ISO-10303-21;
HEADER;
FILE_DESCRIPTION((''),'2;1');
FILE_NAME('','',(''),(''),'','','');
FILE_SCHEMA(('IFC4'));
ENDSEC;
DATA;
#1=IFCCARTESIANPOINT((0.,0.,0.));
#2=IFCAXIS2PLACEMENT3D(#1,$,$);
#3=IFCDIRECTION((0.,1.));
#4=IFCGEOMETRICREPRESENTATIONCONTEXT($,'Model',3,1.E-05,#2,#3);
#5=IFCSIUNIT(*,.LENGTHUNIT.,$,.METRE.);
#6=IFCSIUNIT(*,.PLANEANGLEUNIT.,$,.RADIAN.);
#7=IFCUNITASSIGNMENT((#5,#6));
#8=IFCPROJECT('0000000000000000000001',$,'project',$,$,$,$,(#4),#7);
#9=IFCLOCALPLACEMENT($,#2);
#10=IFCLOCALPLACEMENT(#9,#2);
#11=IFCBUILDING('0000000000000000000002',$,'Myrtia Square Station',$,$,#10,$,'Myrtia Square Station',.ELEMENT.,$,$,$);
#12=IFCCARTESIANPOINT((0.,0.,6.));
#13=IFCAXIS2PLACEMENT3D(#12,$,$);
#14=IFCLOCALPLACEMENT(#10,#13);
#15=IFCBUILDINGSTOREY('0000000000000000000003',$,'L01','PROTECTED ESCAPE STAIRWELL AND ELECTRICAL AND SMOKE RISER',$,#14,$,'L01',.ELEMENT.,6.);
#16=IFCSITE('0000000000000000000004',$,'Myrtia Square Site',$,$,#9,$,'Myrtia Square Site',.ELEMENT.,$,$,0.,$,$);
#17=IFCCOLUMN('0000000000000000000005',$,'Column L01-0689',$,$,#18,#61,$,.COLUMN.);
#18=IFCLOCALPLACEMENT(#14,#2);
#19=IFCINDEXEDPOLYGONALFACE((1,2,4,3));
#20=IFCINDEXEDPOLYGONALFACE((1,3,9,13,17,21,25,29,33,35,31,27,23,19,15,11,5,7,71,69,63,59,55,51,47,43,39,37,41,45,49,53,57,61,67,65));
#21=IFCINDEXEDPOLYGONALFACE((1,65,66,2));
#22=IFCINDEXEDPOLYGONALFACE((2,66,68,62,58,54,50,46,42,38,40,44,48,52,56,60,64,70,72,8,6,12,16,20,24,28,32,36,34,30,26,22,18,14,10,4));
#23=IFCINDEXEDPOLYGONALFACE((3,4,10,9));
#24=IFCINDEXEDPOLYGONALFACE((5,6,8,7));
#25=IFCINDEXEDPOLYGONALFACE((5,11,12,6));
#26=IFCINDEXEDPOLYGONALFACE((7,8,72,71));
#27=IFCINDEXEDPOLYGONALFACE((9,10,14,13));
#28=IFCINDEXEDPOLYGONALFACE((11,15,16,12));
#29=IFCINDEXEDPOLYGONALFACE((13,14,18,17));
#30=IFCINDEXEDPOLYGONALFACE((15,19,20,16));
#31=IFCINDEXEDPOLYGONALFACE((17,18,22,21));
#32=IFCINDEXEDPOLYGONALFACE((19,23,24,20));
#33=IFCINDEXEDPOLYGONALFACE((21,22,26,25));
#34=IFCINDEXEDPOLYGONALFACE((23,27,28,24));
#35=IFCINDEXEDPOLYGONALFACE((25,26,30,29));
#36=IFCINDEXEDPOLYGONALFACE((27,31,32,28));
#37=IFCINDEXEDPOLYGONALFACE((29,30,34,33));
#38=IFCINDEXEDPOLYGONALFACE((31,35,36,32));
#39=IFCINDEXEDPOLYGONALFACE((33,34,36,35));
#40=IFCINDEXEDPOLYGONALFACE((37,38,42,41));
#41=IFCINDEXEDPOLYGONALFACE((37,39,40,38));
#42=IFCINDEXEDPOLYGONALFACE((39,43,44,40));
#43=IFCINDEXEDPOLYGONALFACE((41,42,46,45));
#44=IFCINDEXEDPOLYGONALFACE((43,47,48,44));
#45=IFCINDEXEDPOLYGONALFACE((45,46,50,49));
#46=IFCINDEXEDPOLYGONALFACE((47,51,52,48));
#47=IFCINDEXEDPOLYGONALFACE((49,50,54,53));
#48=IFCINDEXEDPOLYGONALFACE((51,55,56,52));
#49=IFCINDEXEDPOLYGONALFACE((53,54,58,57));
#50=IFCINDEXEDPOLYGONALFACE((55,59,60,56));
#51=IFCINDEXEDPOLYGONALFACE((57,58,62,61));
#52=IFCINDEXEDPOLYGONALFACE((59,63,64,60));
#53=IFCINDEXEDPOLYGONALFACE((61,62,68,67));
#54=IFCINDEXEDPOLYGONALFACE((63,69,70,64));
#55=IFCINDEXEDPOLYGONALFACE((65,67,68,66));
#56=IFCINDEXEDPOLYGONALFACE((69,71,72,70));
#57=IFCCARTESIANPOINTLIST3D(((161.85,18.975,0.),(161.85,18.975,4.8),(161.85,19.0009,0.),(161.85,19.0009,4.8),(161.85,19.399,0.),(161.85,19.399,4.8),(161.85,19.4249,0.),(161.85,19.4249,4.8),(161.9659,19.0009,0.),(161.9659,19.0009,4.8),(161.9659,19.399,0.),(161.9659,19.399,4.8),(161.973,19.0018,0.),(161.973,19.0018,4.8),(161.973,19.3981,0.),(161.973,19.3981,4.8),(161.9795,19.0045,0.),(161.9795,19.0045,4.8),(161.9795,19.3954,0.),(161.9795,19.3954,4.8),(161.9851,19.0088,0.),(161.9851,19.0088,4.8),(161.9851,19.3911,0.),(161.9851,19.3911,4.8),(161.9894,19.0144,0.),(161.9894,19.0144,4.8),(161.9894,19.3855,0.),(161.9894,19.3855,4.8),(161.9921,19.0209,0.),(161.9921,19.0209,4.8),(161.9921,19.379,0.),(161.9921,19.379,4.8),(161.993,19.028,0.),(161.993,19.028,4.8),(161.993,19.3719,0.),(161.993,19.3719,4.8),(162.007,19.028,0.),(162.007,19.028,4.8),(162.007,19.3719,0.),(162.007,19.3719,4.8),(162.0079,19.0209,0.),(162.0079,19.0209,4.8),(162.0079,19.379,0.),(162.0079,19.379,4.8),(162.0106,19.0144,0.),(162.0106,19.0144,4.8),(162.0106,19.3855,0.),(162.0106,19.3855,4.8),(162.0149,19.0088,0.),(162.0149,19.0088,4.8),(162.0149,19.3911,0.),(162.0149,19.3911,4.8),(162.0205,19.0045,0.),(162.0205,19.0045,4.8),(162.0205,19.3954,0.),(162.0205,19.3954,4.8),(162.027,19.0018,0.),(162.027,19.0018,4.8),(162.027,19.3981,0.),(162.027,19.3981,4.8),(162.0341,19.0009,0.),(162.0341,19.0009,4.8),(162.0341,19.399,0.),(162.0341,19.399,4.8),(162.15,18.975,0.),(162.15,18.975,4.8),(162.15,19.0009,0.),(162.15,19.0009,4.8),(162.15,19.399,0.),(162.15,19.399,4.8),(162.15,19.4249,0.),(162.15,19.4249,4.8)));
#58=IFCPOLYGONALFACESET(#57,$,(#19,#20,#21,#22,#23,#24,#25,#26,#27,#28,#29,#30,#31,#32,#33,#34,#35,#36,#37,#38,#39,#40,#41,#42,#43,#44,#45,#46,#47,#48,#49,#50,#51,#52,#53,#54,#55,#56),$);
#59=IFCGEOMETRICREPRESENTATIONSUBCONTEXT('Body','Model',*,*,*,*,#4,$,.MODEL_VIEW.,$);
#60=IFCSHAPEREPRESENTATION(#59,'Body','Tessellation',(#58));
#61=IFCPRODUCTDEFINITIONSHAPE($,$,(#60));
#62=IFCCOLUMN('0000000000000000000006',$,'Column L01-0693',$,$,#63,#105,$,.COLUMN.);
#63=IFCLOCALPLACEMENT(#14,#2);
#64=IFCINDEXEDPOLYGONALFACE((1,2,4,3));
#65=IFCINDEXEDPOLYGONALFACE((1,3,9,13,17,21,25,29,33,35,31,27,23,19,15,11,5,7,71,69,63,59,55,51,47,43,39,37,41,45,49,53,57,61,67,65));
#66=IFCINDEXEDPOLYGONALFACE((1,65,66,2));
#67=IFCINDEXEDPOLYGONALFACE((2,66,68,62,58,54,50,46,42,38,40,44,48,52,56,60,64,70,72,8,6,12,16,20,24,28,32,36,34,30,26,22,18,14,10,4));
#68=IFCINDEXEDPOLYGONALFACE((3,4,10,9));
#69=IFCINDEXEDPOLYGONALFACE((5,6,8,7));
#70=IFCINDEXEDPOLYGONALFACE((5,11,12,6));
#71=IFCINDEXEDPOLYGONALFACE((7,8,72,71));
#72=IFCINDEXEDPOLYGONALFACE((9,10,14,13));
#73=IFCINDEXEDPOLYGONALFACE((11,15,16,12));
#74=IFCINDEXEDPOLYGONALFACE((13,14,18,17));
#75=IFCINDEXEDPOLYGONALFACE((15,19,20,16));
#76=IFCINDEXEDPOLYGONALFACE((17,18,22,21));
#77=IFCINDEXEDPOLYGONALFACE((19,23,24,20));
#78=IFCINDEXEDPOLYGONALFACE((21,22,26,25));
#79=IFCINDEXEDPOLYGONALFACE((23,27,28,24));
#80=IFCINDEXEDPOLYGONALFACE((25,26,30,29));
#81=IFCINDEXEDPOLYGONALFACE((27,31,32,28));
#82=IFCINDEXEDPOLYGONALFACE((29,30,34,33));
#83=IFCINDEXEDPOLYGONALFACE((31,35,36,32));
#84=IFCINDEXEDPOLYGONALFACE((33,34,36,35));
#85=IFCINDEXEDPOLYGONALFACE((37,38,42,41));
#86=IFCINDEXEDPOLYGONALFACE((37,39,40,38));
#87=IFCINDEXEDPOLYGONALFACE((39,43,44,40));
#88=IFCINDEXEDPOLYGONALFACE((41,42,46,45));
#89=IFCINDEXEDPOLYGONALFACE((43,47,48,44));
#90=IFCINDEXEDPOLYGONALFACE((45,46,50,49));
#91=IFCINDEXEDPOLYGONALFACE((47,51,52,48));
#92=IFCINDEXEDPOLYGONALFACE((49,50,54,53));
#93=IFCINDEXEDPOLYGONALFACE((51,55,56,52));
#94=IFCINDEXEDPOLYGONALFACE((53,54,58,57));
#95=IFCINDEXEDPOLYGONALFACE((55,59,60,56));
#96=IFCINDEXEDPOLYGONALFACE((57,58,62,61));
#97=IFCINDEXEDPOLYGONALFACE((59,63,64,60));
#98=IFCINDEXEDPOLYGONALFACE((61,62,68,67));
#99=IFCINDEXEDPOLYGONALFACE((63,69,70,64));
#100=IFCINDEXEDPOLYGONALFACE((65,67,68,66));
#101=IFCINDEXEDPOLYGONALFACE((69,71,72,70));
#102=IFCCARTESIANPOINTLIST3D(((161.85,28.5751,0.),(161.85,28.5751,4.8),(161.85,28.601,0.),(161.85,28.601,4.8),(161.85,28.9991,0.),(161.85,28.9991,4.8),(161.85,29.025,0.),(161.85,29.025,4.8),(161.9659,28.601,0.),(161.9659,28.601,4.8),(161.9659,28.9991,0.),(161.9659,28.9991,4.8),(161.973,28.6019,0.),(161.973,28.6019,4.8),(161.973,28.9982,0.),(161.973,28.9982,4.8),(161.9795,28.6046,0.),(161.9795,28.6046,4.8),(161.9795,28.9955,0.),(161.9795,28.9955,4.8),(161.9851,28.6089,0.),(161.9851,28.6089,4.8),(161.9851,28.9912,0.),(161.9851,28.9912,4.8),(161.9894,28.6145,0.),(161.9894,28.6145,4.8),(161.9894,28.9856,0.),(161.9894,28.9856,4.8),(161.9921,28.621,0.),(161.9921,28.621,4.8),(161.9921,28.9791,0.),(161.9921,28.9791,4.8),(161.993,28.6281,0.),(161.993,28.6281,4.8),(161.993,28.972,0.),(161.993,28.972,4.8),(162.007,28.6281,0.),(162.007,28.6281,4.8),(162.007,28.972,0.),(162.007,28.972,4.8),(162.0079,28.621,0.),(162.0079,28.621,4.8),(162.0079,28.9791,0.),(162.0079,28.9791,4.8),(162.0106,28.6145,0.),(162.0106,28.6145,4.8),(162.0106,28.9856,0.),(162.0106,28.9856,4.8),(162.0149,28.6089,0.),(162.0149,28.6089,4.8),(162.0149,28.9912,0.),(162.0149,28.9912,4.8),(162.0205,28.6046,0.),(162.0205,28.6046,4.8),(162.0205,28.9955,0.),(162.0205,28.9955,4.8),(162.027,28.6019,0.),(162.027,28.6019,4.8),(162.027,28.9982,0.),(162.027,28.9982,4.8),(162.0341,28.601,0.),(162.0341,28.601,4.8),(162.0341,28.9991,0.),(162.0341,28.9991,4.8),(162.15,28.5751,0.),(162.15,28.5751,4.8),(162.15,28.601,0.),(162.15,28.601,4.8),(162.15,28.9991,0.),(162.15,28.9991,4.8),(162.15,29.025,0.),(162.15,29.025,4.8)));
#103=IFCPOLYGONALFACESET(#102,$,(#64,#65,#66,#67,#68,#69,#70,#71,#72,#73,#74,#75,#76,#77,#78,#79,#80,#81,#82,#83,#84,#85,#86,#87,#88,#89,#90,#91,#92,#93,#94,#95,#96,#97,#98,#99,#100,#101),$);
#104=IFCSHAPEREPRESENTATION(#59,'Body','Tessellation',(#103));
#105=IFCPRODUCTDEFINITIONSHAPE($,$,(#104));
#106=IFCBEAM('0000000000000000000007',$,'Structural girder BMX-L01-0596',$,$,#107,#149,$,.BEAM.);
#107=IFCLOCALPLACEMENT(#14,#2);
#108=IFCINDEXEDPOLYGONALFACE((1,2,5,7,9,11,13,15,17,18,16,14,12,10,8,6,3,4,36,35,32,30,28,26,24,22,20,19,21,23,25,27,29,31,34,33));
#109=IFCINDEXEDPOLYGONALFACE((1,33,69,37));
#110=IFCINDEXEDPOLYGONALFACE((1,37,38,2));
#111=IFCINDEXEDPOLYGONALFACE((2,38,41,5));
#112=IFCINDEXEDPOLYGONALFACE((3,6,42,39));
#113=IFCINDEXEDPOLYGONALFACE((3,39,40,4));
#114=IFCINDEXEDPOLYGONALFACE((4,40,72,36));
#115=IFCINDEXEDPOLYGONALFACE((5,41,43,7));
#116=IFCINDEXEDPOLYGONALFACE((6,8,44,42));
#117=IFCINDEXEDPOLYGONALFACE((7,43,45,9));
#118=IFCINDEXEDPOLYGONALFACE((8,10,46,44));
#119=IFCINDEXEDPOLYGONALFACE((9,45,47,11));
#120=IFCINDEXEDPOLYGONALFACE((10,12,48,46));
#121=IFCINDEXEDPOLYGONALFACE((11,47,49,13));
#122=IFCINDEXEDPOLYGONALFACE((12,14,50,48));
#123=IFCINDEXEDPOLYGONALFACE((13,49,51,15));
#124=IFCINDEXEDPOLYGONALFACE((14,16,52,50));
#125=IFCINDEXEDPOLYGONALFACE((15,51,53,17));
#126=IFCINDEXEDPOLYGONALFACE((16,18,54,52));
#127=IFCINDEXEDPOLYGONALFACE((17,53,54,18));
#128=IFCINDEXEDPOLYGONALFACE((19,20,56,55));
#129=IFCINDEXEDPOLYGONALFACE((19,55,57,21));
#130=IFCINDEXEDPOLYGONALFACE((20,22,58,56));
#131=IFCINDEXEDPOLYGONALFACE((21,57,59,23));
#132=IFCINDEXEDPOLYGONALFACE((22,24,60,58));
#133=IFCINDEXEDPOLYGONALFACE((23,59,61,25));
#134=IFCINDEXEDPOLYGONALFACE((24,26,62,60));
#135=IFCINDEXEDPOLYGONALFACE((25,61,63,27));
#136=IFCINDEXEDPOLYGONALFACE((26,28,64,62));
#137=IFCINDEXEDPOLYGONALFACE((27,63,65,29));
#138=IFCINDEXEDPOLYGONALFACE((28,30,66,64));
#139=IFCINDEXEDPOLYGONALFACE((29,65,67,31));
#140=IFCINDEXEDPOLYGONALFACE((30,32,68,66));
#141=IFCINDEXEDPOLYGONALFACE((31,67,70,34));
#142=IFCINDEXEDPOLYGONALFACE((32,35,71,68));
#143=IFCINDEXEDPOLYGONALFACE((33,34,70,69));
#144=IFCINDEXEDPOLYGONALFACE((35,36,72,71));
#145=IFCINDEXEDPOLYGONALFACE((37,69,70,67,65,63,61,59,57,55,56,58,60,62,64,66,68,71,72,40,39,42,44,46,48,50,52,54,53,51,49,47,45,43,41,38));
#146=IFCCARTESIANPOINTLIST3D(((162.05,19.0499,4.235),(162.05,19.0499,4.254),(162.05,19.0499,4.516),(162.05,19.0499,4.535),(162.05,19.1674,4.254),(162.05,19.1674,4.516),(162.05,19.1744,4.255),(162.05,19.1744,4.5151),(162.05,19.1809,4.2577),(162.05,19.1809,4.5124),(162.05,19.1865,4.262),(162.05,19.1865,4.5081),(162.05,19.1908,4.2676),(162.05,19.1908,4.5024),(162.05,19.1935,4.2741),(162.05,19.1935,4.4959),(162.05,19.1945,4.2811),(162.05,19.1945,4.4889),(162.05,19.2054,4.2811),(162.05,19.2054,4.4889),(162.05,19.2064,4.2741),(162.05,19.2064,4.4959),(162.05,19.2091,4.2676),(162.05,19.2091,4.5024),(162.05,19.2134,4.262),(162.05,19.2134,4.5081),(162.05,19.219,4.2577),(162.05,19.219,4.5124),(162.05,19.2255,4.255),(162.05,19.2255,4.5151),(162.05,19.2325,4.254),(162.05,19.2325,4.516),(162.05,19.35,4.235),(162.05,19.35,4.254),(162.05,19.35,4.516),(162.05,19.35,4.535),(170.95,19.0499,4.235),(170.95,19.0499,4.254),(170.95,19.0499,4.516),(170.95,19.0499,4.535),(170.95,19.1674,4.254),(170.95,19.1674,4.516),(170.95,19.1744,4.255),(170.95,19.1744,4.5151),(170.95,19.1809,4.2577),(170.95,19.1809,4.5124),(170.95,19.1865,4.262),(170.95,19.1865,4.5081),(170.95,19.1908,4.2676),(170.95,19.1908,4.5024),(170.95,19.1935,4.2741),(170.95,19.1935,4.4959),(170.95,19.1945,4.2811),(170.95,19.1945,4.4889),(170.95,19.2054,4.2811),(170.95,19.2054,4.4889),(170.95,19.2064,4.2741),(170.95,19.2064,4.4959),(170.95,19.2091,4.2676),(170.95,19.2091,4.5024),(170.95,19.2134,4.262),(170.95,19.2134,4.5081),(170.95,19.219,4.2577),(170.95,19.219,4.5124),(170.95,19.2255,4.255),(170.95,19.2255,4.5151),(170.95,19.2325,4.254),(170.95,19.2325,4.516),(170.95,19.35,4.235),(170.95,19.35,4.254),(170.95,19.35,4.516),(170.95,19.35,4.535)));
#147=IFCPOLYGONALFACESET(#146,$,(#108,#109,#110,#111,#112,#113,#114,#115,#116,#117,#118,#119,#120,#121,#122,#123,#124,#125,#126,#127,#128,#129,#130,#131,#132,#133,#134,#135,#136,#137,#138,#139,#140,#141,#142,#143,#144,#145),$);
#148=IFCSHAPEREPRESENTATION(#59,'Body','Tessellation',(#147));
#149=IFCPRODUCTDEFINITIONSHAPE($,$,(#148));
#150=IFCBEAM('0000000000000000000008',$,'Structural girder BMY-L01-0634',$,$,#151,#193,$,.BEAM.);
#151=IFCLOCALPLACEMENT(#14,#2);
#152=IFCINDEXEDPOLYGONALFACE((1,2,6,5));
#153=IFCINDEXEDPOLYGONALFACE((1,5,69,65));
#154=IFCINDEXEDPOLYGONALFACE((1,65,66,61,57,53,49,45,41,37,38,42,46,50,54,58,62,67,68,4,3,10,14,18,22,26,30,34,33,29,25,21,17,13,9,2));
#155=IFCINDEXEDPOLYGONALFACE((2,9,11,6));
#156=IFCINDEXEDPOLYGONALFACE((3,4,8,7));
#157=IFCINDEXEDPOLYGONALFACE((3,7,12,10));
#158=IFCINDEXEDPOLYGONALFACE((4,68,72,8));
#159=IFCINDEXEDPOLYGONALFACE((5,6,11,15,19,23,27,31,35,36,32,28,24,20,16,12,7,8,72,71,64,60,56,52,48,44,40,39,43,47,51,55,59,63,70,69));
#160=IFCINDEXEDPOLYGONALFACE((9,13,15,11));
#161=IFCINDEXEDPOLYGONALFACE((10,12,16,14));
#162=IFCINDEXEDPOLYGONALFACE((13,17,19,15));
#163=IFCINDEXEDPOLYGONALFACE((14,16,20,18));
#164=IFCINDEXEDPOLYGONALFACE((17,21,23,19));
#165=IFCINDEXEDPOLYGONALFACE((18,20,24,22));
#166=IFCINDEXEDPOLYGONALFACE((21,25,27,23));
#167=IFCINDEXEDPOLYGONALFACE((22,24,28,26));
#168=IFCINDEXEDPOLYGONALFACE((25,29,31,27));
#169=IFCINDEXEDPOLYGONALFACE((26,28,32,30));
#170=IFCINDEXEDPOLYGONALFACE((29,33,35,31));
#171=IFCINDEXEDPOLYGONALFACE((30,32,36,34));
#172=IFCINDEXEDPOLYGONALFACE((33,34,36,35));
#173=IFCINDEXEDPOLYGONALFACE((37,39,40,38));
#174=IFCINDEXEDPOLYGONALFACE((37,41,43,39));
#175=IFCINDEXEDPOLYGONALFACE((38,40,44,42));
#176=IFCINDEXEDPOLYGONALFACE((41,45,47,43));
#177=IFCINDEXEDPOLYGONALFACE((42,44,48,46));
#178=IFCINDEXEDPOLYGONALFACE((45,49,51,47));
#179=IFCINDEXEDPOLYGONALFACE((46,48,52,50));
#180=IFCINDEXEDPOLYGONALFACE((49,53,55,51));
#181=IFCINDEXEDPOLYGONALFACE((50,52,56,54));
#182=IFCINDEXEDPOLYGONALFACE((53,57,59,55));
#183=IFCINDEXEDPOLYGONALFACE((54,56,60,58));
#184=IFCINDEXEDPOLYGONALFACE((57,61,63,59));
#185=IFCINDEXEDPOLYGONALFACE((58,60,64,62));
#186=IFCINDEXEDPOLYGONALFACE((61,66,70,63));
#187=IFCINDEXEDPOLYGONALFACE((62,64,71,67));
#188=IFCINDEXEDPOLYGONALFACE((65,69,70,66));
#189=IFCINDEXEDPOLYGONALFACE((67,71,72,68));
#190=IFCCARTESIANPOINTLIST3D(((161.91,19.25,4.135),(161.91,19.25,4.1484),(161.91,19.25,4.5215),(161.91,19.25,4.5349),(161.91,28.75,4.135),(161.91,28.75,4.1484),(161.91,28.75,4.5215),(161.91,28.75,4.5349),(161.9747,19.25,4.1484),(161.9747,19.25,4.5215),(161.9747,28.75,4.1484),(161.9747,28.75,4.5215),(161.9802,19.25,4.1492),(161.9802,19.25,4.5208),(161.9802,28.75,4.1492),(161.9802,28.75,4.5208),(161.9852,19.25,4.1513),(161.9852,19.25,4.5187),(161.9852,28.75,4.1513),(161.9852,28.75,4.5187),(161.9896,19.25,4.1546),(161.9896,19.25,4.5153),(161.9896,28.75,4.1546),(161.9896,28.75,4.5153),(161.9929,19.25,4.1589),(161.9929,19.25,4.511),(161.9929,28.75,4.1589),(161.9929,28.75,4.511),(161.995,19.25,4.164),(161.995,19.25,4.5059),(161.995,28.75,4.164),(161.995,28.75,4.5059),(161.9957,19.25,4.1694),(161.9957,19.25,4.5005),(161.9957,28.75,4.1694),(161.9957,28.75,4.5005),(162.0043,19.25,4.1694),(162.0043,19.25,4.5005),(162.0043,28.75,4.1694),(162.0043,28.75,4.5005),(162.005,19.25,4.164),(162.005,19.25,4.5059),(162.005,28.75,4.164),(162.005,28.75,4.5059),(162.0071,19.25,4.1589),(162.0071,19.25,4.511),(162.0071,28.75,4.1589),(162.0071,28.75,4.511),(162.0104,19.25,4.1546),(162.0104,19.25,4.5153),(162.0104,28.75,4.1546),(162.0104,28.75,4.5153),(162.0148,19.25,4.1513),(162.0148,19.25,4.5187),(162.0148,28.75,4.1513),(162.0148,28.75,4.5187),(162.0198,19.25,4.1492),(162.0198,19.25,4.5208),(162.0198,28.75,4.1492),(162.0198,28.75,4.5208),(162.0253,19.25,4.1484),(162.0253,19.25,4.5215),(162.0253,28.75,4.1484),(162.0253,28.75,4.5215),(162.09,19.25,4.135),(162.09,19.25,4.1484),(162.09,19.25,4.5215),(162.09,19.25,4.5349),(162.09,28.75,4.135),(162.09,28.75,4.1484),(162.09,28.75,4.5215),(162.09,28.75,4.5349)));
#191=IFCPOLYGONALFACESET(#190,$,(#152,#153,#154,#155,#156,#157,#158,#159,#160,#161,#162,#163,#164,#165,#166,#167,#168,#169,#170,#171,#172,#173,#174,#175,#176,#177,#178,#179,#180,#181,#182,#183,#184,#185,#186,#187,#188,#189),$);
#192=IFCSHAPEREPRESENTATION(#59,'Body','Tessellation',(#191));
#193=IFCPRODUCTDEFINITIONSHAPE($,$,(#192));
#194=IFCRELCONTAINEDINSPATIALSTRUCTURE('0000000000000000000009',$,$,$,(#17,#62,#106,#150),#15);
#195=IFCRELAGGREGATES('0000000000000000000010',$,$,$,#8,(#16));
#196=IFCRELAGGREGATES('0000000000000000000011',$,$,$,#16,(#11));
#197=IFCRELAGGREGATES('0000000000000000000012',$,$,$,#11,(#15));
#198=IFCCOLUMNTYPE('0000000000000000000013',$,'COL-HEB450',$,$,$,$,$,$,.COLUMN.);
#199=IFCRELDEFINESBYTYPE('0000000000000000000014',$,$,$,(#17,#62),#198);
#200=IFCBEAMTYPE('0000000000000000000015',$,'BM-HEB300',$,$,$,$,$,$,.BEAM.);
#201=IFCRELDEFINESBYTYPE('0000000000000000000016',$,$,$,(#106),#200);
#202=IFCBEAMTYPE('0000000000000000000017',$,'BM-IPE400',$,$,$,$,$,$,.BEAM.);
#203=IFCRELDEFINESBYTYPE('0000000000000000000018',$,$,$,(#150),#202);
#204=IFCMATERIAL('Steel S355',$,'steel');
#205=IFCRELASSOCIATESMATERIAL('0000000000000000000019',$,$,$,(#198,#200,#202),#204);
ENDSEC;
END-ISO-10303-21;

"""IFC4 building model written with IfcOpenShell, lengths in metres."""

from ifc_helpers import new_model, si_unit, direction, frame, origin, origin_2d, place, context, subcontext, project, spatial, i_section, extrude, material, material_profile, profile_set, type_object, element, save


model = new_model("IFC4")

# Units and contexts
model_context = context("Model", 3, precision=1e-05, world=origin(), true_north=direction((0.0, 1.0)))
body_context = subcontext(model_context, "Body", "Model", "MODEL_VIEW")
ifc_project = project(units=[si_unit("LENGTHUNIT", "METRE"), si_unit("PLANEANGLEUNIT", "RADIAN")], contexts=[model_context])

# Site, building, storey
site_placement = place(None, origin())
site = spatial("IfcSite", under=ifc_project, at=site_placement, Name="Myrtia Square Site", LongName="Myrtia Square Site", CompositionType="ELEMENT", RefElevation=0.0)
building_placement = place(site_placement, origin())
building = spatial("IfcBuilding", under=site, at=building_placement, Name="Myrtia Square Station", LongName="Myrtia Square Station", CompositionType="ELEMENT")
storey_placement = place(building_placement, frame((0.0, 0.0, 6.0)))
storey = spatial("IfcBuildingStorey", under=building, at=storey_placement, Name="L01", Description="PROTECTED ESCAPE STAIRWELL AND ELECTRICAL AND SMOKE RISER", LongName="L01", CompositionType="ELEMENT", Elevation=6.0)

# Columns
ifc_material_1 = material(Name="Steel S355", Category="steel")
ifc_material_profile_1 = material_profile(ifc_material_1, i_section(OverallWidth=0.3, OverallDepth=0.45, WebThickness=0.0139, FlangeThickness=0.0259, FilletRadius=0.0271, at=origin_2d()), Name="HEB 450")
ifc_profile_set_1 = profile_set([ifc_material_profile_1], Name="Steel S355")
column_type = type_object("IfcColumnType", Name="COL-HEB450", PredefinedType="COLUMN", material=ifc_profile_set_1)
for number, where, z_axis, x_axis, name in (
    (1, (162.0, 19.2, 0.0), (0.0, 0.0, 1.0), (1.0, 0.0, 0.0), "Column L01-0689"),
    (2, (162.0, 28.8, 0.0), (0.0, 0.0, 1.0), (1.0, 0.0, 0.0), "Column L01-0693"),
):
    element("IfcColumn", number, at=place(storey_placement, frame(where, z_axis=z_axis, x_axis=x_axis)), inside=storey, type_object=column_type, Name=name, PredefinedType="COLUMN", context=body_context, shape_type="SweptSolid", body=[
        extrude(i_section(OverallWidth=0.3, OverallDepth=0.45, WebThickness=0.0139, FlangeThickness=0.0259, FilletRadius=0.0271, at=origin_2d()), origin(), (0.0, 0.0, 1.0), 4.8),
    ])

# Beams
ifc_material_profile_2 = material_profile(ifc_material_1, i_section(OverallWidth=0.3, OverallDepth=0.3, WebThickness=0.011, FlangeThickness=0.019, FilletRadius=0.0271, at=origin_2d()), Name="HEB 300")
ifc_profile_set_2 = profile_set([ifc_material_profile_2], Name="Steel S355")
beam_type_1 = type_object("IfcBeamType", Name="BM-HEB300", PredefinedType="BEAM", material=ifc_profile_set_2)
beam_placement = place(storey_placement, frame((162.05, 19.2, 4.385), z_axis=(1.0, 0.0, 0.0), x_axis=(0.0, 1.0, 0.0)))
element("IfcBeam", 3, at=beam_placement, inside=storey, type_object=beam_type_1, Name="Structural girder BMX-L01-0596", PredefinedType="BEAM", context=body_context, shape_type="SweptSolid", body=[
    extrude(i_section(OverallWidth=0.3, OverallDepth=0.3, WebThickness=0.011, FlangeThickness=0.019, FilletRadius=0.0271, at=origin_2d()), origin(), (0.0, 0.0, 1.0), 8.8999),
])
ifc_material_profile_3 = material_profile(ifc_material_1, i_section(OverallWidth=0.1799, OverallDepth=0.3999, WebThickness=0.0085, FlangeThickness=0.0134, FilletRadius=0.021, at=origin_2d()), Name="IPE 400")
ifc_profile_set_3 = profile_set([ifc_material_profile_3], Name="Steel S355")
beam_type_2 = type_object("IfcBeamType", Name="BM-IPE400", PredefinedType="BEAM", material=ifc_profile_set_3)
for number, where, z_axis, x_axis, name in (
    (4, (162.0, 19.25, 4.335), (0.0, 1.0, 0.0), (-1.0, 0.0, 0.0), "Structural girder BMY-L01-0634"),
):
    element("IfcBeam", number, at=place(storey_placement, frame(where, z_axis=z_axis, x_axis=x_axis)), inside=storey, type_object=beam_type_2, Name=name, PredefinedType="BEAM", context=body_context, shape_type="SweptSolid", body=[
        extrude(i_section(OverallWidth=0.1799, OverallDepth=0.3999, WebThickness=0.0085, FlangeThickness=0.0134, FilletRadius=0.021, at=origin_2d()), origin(), (0.0, 0.0, 1.0), 9.5),
    ])

save(model, "model.ifc")
